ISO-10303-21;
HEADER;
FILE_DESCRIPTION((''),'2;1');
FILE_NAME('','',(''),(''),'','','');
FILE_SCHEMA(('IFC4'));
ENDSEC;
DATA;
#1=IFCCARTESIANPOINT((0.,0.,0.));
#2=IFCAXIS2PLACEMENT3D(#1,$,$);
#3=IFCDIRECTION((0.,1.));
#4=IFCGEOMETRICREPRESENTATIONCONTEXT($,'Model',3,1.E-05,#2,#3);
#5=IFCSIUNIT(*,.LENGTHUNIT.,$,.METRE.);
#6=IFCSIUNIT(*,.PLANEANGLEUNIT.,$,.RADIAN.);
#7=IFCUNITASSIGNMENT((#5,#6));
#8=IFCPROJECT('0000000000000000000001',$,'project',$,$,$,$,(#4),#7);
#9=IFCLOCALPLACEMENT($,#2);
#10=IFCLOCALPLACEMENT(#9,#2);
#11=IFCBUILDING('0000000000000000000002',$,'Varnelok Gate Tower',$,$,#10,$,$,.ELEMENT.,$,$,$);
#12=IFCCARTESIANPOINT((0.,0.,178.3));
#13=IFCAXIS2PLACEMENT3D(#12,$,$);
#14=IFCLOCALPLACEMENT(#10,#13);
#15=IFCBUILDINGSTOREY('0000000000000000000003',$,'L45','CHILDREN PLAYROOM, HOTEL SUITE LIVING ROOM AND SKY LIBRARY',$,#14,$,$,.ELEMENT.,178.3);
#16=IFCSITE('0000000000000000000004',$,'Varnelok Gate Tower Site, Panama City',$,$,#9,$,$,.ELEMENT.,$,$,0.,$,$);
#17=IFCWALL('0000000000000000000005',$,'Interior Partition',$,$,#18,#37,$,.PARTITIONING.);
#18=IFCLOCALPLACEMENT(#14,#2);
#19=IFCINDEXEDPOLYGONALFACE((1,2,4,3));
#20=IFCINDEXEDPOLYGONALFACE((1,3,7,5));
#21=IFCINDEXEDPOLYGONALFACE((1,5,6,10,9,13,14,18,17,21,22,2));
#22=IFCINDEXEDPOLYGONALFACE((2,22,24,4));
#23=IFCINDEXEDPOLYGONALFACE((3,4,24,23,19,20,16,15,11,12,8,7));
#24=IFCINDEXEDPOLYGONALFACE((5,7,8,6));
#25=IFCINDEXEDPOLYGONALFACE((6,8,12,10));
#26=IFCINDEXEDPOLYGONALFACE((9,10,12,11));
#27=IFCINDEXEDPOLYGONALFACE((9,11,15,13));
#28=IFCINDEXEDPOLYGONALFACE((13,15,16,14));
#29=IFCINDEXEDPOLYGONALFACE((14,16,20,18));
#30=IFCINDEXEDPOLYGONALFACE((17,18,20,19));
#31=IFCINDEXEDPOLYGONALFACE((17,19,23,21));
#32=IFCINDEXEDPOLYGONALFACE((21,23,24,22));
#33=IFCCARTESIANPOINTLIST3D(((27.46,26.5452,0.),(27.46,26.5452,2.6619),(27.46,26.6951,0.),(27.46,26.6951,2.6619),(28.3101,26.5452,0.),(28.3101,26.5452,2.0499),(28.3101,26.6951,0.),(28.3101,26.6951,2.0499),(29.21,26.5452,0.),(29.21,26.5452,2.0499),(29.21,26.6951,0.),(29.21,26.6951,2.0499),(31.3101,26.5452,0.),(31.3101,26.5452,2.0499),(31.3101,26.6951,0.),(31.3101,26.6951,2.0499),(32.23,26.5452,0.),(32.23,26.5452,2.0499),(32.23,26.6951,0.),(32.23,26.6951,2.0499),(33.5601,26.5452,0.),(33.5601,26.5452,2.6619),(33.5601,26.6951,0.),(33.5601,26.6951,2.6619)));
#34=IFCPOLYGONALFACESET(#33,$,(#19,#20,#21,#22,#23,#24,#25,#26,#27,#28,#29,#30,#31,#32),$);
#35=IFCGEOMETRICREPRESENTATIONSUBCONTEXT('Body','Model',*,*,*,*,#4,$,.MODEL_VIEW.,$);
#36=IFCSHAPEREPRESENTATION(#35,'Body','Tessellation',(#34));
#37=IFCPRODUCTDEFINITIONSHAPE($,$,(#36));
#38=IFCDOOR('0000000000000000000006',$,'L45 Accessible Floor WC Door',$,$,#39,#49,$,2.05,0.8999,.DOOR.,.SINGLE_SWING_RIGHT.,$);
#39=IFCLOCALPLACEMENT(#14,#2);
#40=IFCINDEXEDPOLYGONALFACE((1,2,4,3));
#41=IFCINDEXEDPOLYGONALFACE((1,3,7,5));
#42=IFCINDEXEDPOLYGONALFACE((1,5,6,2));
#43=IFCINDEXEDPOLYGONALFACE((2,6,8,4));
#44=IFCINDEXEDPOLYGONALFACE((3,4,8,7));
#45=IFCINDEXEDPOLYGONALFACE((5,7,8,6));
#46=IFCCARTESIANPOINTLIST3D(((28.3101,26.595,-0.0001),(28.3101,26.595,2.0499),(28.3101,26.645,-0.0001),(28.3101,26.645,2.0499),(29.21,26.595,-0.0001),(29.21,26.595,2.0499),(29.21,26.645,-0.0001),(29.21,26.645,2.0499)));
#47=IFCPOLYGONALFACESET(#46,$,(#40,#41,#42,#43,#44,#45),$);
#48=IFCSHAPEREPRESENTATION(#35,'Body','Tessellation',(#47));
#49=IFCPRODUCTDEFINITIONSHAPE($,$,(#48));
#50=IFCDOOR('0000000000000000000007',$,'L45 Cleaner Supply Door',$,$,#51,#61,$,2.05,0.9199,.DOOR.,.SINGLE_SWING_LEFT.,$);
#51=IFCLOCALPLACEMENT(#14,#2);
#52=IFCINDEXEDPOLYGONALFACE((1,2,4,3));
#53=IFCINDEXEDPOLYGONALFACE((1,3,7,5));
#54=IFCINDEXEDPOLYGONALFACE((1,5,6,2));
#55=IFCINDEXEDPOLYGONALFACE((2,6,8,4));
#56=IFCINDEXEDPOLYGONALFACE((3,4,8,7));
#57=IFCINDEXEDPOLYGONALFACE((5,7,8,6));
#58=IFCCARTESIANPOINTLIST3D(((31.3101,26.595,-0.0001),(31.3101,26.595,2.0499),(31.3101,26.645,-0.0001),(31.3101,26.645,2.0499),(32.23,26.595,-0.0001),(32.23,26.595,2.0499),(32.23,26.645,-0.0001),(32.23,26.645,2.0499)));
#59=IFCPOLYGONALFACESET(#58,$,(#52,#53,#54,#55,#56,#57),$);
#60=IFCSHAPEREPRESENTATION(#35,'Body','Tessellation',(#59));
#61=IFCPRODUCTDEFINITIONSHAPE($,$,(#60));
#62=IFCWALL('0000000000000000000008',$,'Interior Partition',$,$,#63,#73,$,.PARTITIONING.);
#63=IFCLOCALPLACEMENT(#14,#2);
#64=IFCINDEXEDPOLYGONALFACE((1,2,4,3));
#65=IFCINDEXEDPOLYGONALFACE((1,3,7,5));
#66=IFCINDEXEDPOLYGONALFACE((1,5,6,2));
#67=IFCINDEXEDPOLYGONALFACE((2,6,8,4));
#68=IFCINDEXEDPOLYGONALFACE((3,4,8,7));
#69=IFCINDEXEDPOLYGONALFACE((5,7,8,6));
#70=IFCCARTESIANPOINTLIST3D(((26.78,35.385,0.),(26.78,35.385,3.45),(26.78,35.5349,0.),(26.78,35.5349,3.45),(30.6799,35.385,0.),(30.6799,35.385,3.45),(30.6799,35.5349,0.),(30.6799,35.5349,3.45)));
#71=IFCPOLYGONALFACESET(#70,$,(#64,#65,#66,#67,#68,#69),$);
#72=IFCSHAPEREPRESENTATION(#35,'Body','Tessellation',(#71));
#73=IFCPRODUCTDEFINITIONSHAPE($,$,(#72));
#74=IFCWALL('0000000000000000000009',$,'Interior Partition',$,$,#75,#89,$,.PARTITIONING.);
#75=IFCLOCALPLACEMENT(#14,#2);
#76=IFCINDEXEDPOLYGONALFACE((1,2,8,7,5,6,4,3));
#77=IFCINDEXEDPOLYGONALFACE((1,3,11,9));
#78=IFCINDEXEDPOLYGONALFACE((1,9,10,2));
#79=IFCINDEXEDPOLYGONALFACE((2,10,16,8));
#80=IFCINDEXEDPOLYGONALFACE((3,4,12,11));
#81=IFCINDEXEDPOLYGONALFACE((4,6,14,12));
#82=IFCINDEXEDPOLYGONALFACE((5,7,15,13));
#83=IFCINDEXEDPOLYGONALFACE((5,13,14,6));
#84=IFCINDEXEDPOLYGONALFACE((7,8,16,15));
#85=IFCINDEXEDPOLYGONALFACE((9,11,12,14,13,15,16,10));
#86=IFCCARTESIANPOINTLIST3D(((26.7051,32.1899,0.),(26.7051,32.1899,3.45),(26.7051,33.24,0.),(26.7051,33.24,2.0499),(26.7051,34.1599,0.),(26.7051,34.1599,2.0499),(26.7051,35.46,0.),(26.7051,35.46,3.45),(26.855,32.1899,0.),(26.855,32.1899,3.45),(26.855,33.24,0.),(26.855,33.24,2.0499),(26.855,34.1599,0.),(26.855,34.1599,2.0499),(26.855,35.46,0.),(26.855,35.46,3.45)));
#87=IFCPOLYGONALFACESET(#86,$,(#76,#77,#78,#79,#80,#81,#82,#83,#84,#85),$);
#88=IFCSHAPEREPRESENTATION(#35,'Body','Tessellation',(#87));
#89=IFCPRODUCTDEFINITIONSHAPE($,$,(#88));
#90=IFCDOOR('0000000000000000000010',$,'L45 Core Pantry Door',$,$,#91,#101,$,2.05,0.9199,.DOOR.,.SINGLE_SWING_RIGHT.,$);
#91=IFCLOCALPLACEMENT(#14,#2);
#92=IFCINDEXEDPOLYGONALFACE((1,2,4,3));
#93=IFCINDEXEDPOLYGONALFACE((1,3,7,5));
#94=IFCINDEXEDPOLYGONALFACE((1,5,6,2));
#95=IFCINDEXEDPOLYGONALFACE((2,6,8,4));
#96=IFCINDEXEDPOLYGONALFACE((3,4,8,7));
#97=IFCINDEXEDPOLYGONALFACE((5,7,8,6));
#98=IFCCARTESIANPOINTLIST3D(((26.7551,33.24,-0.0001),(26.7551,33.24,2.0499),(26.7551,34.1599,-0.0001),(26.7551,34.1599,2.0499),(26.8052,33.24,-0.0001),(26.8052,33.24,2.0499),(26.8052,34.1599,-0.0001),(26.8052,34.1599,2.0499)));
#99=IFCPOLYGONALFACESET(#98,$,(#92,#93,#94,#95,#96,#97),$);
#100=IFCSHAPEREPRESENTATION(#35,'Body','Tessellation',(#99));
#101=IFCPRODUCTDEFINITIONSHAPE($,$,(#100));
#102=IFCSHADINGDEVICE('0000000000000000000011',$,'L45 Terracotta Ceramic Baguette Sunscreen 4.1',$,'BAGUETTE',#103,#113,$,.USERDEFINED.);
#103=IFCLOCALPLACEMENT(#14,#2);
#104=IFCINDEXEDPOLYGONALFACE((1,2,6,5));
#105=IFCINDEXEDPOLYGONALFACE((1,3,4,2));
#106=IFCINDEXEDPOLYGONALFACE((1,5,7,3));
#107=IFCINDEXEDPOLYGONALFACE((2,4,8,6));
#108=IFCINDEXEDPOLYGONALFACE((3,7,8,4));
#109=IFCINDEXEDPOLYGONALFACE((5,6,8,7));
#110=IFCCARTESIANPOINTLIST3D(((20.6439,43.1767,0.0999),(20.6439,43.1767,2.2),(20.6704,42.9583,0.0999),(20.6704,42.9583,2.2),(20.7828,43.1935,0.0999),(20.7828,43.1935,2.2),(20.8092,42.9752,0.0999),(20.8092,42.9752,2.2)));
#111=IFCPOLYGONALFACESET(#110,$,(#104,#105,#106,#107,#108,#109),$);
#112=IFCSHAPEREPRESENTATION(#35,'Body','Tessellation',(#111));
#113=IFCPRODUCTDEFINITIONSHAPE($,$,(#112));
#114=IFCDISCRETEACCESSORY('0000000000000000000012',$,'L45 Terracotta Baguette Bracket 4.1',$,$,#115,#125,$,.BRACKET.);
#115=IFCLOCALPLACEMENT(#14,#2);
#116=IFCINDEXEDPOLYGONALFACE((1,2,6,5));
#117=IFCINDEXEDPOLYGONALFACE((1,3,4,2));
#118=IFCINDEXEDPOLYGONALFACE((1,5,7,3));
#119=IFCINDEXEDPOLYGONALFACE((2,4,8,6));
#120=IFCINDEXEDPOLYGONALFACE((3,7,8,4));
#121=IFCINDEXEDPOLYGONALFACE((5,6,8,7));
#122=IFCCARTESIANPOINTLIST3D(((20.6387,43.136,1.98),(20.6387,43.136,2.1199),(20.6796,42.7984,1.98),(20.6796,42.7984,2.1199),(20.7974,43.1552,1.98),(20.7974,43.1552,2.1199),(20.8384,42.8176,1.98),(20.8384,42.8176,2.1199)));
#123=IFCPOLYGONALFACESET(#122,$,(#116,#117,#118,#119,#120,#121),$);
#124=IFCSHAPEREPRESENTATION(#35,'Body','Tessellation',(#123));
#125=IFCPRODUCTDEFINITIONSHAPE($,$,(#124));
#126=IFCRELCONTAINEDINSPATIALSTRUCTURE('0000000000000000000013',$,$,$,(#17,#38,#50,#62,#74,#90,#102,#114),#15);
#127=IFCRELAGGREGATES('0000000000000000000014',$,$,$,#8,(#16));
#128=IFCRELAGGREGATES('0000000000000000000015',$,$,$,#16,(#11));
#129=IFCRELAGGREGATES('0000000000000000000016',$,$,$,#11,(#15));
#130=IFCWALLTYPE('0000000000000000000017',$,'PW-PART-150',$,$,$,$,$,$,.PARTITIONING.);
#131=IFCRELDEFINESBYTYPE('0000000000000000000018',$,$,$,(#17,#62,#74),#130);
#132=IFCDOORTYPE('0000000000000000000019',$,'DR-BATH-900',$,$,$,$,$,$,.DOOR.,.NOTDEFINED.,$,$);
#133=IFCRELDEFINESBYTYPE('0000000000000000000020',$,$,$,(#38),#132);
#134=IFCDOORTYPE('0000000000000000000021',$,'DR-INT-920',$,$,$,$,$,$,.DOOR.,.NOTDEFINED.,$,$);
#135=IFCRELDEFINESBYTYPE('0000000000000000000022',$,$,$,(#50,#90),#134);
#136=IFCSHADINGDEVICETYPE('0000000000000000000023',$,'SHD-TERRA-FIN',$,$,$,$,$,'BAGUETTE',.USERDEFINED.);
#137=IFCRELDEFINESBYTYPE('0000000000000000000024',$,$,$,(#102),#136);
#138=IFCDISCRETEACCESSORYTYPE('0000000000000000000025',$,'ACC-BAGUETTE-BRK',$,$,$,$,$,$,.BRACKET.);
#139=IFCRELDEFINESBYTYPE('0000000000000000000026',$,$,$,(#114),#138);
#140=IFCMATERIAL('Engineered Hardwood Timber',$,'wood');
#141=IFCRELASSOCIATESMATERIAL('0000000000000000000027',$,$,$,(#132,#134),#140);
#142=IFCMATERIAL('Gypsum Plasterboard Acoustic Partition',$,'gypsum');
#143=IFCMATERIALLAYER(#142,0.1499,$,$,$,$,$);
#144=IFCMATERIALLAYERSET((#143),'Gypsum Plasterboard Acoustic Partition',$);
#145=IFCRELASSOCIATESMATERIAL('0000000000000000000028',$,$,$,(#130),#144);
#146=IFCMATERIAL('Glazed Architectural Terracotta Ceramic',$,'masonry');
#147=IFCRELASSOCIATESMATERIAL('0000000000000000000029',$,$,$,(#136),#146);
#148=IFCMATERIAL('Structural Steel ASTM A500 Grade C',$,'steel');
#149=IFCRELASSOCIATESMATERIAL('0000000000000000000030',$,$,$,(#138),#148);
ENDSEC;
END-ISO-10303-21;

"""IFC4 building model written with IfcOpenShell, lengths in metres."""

from ifc_helpers import new_model, si_unit, direction, frame, frame_2d, origin, origin_2d, place, context, subcontext, project, spatial, rectangle, extrude, source, transform, mapped, material, layer, layer_set, type_object, element, fill, save


model = new_model("IFC4")

# Units and contexts
model_context = context("Model", 3, precision=1e-05, world=origin(), true_north=direction((0.0, 1.0)))
body_context = subcontext(model_context, "Body", "Model", "MODEL_VIEW")
ifc_project = project(units=[si_unit("LENGTHUNIT", "METRE"), si_unit("PLANEANGLEUNIT", "RADIAN")], contexts=[model_context])

# Site, building, storey
site_placement = place(None, origin())
site = spatial("IfcSite", under=ifc_project, at=site_placement, Name="Varnelok Gate Tower Site, Panama City", CompositionType="ELEMENT", RefElevation=0.0)
building_placement = place(site_placement, origin())
building = spatial("IfcBuilding", under=site, at=building_placement, Name="Varnelok Gate Tower", CompositionType="ELEMENT")
storey_placement = place(building_placement, frame((0.0, 0.0, 178.3)))
storey = spatial("IfcBuildingStorey", under=building, at=storey_placement, Name="L45", Description="CHILDREN PLAYROOM, HOTEL SUITE LIVING ROOM AND SKY LIBRARY", CompositionType="ELEMENT", Elevation=178.3)

# Shared definitions
ifc_material_1 = material(Name="Gypsum Plasterboard Acoustic Partition", Category="gypsum")

# Shared definitions
ifc_material_2 = material(Name="Engineered Hardwood Timber", Category="wood")
door_type_1 = type_object("IfcDoorType", Name="DR-BATH-900", OperationType="NOTDEFINED", PredefinedType="DOOR", material=ifc_material_2)

# Wall, openings, doors
ifc_layer_1 = layer(ifc_material_1, 0.1499)
ifc_layer_set_1 = layer_set([ifc_layer_1], Name="Gypsum Plasterboard Acoustic Partition")
wall_type_1 = type_object("IfcWallType", Name="PW-PART-150", PredefinedType="PARTITIONING", material=ifc_layer_set_1)
wall_1_placement = place(storey_placement, frame((27.46, 26.6201, 0.0), z_axis=(0.0, 0.0, 1.0), x_axis=(1.0, 0.0, 0.0)))
wall_1 = element("IfcWall", 1, at=wall_1_placement, inside=storey, type_object=wall_type_1, Name="Interior Partition", PredefinedType="PARTITIONING", context=body_context, shape_type="SweptSolid", body=[
    extrude(rectangle(XDim=6.1001, YDim=0.1499, at=frame_2d((3.05, 0.0))), origin(), (0.0, 0.0, 1.0), 2.6619),
])
opening_1_placement = place(wall_1_placement, frame((0.8501, 0.0, 0.0)))
opening_1 = element("IfcOpeningElement", 2, at=opening_1_placement, cuts=wall_1, PredefinedType="OPENING", context=body_context, shape_type="SweptSolid", body=[
    extrude(rectangle(XDim=0.8999, YDim=2.05, at=frame_2d((0.45, 1.0249))), frame((0.0, 0.085, 0.0), z_axis=(0.0, -1.0, 0.0), x_axis=(1.0, 0.0, 0.0)), (0.0, 0.0, 1.0), 0.1699),
])
opening_2_placement = place(wall_1_placement, frame((3.8501, 0.0, 0.0)))
opening_2 = element("IfcOpeningElement", 3, at=opening_2_placement, cuts=wall_1, PredefinedType="OPENING", context=body_context, shape_type="SweptSolid", body=[
    extrude(rectangle(XDim=0.9199, YDim=2.05, at=frame_2d((0.46, 1.0249))), frame((0.0, 0.085, 0.0), z_axis=(0.0, -1.0, 0.0), x_axis=(1.0, 0.0, 0.0)), (0.0, 0.0, 1.0), 0.1699),
])
door_1_placement = place(opening_1_placement, origin())
door_1 = element("IfcDoor", 4, at=door_1_placement, inside=storey, type_object=door_type_1, Name="L45 Accessible Floor WC Door", OperationType="SINGLE_SWING_RIGHT", OverallHeight=2.05, OverallWidth=0.8999, PredefinedType="DOOR", context=body_context, shape_type="SweptSolid", body=[
    extrude(rectangle(XDim=0.8999, YDim=2.05, at=frame_2d((0.45, 1.0249))), frame((0.0, 0.0249, 0.0), z_axis=(0.0, -1.0, 0.0), x_axis=(1.0, 0.0, 0.0)), (0.0, 0.0, 1.0), 0.05),
])
fill(opening_1, door_1)
door_type_2 = type_object("IfcDoorType", Name="DR-INT-920", OperationType="NOTDEFINED", PredefinedType="DOOR", material=ifc_material_2)
door_2_placement = place(opening_2_placement, origin())
door_2 = element("IfcDoor", 5, at=door_2_placement, inside=storey, type_object=door_type_2, Name="L45 Cleaner Supply Door", OperationType="SINGLE_SWING_LEFT", OverallHeight=2.05, OverallWidth=0.9199, PredefinedType="DOOR", context=body_context, shape_type="SweptSolid", body=[
    extrude(rectangle(XDim=0.9199, YDim=2.05, at=frame_2d((0.46, 1.0249))), frame((0.0, 0.0249, 0.0), z_axis=(0.0, -1.0, 0.0), x_axis=(1.0, 0.0, 0.0)), (0.0, 0.0, 1.0), 0.05),
])
fill(opening_2, door_2)

# Wall
wall_2_placement = place(storey_placement, frame((26.78, 35.46, 0.0), z_axis=(0.0, 0.0, 1.0), x_axis=(1.0, 0.0, 0.0)))
element("IfcWall", 6, at=wall_2_placement, inside=storey, type_object=wall_type_1, Name="Interior Partition", PredefinedType="PARTITIONING", context=body_context, shape_type="SweptSolid", body=[
    extrude(rectangle(XDim=3.8999, YDim=0.1499, at=frame_2d((1.95, 0.0))), origin(), (0.0, 0.0, 1.0), 3.45),
])

# Wall, opening, door
wall_3_placement = place(storey_placement, frame((26.78, 32.1899, 0.0), z_axis=(0.0, 0.0, 1.0), x_axis=(0.0, 1.0, 0.0)))
wall_3 = element("IfcWall", 7, at=wall_3_placement, inside=storey, type_object=wall_type_1, Name="Interior Partition", PredefinedType="PARTITIONING", context=body_context, shape_type="SweptSolid", body=[
    extrude(rectangle(XDim=3.27, YDim=0.1499, at=frame_2d((1.635, 0.0))), origin(), (0.0, 0.0, 1.0), 3.45),
])
opening_3_placement = place(wall_3_placement, frame((1.05, 0.0, 0.0)))
opening_3 = element("IfcOpeningElement", 8, at=opening_3_placement, cuts=wall_3, PredefinedType="OPENING", context=body_context, shape_type="SweptSolid", body=[
    extrude(rectangle(XDim=0.9199, YDim=2.05, at=frame_2d((0.46, 1.0249))), frame((0.0, 0.085, 0.0), z_axis=(0.0, -1.0, 0.0), x_axis=(1.0, 0.0, 0.0)), (0.0, 0.0, 1.0), 0.1699),
])
door_3_placement = place(opening_3_placement, origin())
door_3 = element("IfcDoor", 9, at=door_3_placement, inside=storey, type_object=door_type_2, Name="L45 Core Pantry Door", OperationType="SINGLE_SWING_RIGHT", OverallHeight=2.05, OverallWidth=0.9199, PredefinedType="DOOR", context=body_context, shape_type="SweptSolid", body=[
    extrude(rectangle(XDim=0.9199, YDim=2.05, at=frame_2d((0.46, 1.0249))), frame((0.0, 0.0249, 0.0), z_axis=(0.0, -1.0, 0.0), x_axis=(1.0, 0.0, 0.0)), (0.0, 0.0, 1.0), 0.05),
])
fill(opening_3, door_3)

# Shading device
ifc_material_3 = material(Name="Glazed Architectural Terracotta Ceramic", Category="masonry")
shading_device_type = type_object("IfcShadingDeviceType", Name="SHD-TERRA-FIN", ElementType="BAGUETTE", PredefinedType="USERDEFINED", material=ifc_material_3)
shared_shape_1 = source(origin(), body_context, "Body", "SweptSolid", [
    extrude(rectangle(XDim=0.1399, YDim=0.22, at=origin_2d()), origin(), (0.0, 0.0, 1.0), 2.1001),
])
shading_device_placement = place(storey_placement, frame((20.7266, 43.0759, 0.0999), z_axis=(0.0, 0.0, 1.0), x_axis=(0.992732, 0.120345, 0.0)))
element("IfcShadingDevice", 10, at=shading_device_placement, inside=storey, type_object=shading_device_type, Name="L45 Terracotta Ceramic Baguette Sunscreen 4.1", ObjectType="BAGUETTE", PredefinedType="USERDEFINED", context=body_context, shape_type="MappedRepresentation", body=[
    mapped(shared_shape_1, transform((0.0, 0.0, 0.0), scale=1.0)),
])

# Discrete accessory
ifc_material_4 = material(Name="Structural Steel ASTM A500 Grade C", Category="steel")
discrete_accessory_type = type_object("IfcDiscreteAccessoryType", Name="ACC-BAGUETTE-BRK", PredefinedType="BRACKET", material=ifc_material_4)
shared_shape_2 = source(origin(), body_context, "Body", "SweptSolid", [
    extrude(rectangle(XDim=0.1599, YDim=0.3401, at=origin_2d()), origin(), (0.0, 0.0, 1.0), 0.1399),
])
discrete_accessory_placement = place(storey_placement, frame((20.7385, 42.9768, 1.98), z_axis=(0.0, 0.0, 1.0), x_axis=(0.992732, 0.120345, 0.0)))
element("IfcDiscreteAccessory", 11, at=discrete_accessory_placement, inside=storey, type_object=discrete_accessory_type, Name="L45 Terracotta Baguette Bracket 4.1", PredefinedType="BRACKET", context=body_context, shape_type="MappedRepresentation", body=[
    mapped(shared_shape_2, transform((0.0, 0.0, 0.0), scale=1.0)),
])

save(model, "model.ifc")
